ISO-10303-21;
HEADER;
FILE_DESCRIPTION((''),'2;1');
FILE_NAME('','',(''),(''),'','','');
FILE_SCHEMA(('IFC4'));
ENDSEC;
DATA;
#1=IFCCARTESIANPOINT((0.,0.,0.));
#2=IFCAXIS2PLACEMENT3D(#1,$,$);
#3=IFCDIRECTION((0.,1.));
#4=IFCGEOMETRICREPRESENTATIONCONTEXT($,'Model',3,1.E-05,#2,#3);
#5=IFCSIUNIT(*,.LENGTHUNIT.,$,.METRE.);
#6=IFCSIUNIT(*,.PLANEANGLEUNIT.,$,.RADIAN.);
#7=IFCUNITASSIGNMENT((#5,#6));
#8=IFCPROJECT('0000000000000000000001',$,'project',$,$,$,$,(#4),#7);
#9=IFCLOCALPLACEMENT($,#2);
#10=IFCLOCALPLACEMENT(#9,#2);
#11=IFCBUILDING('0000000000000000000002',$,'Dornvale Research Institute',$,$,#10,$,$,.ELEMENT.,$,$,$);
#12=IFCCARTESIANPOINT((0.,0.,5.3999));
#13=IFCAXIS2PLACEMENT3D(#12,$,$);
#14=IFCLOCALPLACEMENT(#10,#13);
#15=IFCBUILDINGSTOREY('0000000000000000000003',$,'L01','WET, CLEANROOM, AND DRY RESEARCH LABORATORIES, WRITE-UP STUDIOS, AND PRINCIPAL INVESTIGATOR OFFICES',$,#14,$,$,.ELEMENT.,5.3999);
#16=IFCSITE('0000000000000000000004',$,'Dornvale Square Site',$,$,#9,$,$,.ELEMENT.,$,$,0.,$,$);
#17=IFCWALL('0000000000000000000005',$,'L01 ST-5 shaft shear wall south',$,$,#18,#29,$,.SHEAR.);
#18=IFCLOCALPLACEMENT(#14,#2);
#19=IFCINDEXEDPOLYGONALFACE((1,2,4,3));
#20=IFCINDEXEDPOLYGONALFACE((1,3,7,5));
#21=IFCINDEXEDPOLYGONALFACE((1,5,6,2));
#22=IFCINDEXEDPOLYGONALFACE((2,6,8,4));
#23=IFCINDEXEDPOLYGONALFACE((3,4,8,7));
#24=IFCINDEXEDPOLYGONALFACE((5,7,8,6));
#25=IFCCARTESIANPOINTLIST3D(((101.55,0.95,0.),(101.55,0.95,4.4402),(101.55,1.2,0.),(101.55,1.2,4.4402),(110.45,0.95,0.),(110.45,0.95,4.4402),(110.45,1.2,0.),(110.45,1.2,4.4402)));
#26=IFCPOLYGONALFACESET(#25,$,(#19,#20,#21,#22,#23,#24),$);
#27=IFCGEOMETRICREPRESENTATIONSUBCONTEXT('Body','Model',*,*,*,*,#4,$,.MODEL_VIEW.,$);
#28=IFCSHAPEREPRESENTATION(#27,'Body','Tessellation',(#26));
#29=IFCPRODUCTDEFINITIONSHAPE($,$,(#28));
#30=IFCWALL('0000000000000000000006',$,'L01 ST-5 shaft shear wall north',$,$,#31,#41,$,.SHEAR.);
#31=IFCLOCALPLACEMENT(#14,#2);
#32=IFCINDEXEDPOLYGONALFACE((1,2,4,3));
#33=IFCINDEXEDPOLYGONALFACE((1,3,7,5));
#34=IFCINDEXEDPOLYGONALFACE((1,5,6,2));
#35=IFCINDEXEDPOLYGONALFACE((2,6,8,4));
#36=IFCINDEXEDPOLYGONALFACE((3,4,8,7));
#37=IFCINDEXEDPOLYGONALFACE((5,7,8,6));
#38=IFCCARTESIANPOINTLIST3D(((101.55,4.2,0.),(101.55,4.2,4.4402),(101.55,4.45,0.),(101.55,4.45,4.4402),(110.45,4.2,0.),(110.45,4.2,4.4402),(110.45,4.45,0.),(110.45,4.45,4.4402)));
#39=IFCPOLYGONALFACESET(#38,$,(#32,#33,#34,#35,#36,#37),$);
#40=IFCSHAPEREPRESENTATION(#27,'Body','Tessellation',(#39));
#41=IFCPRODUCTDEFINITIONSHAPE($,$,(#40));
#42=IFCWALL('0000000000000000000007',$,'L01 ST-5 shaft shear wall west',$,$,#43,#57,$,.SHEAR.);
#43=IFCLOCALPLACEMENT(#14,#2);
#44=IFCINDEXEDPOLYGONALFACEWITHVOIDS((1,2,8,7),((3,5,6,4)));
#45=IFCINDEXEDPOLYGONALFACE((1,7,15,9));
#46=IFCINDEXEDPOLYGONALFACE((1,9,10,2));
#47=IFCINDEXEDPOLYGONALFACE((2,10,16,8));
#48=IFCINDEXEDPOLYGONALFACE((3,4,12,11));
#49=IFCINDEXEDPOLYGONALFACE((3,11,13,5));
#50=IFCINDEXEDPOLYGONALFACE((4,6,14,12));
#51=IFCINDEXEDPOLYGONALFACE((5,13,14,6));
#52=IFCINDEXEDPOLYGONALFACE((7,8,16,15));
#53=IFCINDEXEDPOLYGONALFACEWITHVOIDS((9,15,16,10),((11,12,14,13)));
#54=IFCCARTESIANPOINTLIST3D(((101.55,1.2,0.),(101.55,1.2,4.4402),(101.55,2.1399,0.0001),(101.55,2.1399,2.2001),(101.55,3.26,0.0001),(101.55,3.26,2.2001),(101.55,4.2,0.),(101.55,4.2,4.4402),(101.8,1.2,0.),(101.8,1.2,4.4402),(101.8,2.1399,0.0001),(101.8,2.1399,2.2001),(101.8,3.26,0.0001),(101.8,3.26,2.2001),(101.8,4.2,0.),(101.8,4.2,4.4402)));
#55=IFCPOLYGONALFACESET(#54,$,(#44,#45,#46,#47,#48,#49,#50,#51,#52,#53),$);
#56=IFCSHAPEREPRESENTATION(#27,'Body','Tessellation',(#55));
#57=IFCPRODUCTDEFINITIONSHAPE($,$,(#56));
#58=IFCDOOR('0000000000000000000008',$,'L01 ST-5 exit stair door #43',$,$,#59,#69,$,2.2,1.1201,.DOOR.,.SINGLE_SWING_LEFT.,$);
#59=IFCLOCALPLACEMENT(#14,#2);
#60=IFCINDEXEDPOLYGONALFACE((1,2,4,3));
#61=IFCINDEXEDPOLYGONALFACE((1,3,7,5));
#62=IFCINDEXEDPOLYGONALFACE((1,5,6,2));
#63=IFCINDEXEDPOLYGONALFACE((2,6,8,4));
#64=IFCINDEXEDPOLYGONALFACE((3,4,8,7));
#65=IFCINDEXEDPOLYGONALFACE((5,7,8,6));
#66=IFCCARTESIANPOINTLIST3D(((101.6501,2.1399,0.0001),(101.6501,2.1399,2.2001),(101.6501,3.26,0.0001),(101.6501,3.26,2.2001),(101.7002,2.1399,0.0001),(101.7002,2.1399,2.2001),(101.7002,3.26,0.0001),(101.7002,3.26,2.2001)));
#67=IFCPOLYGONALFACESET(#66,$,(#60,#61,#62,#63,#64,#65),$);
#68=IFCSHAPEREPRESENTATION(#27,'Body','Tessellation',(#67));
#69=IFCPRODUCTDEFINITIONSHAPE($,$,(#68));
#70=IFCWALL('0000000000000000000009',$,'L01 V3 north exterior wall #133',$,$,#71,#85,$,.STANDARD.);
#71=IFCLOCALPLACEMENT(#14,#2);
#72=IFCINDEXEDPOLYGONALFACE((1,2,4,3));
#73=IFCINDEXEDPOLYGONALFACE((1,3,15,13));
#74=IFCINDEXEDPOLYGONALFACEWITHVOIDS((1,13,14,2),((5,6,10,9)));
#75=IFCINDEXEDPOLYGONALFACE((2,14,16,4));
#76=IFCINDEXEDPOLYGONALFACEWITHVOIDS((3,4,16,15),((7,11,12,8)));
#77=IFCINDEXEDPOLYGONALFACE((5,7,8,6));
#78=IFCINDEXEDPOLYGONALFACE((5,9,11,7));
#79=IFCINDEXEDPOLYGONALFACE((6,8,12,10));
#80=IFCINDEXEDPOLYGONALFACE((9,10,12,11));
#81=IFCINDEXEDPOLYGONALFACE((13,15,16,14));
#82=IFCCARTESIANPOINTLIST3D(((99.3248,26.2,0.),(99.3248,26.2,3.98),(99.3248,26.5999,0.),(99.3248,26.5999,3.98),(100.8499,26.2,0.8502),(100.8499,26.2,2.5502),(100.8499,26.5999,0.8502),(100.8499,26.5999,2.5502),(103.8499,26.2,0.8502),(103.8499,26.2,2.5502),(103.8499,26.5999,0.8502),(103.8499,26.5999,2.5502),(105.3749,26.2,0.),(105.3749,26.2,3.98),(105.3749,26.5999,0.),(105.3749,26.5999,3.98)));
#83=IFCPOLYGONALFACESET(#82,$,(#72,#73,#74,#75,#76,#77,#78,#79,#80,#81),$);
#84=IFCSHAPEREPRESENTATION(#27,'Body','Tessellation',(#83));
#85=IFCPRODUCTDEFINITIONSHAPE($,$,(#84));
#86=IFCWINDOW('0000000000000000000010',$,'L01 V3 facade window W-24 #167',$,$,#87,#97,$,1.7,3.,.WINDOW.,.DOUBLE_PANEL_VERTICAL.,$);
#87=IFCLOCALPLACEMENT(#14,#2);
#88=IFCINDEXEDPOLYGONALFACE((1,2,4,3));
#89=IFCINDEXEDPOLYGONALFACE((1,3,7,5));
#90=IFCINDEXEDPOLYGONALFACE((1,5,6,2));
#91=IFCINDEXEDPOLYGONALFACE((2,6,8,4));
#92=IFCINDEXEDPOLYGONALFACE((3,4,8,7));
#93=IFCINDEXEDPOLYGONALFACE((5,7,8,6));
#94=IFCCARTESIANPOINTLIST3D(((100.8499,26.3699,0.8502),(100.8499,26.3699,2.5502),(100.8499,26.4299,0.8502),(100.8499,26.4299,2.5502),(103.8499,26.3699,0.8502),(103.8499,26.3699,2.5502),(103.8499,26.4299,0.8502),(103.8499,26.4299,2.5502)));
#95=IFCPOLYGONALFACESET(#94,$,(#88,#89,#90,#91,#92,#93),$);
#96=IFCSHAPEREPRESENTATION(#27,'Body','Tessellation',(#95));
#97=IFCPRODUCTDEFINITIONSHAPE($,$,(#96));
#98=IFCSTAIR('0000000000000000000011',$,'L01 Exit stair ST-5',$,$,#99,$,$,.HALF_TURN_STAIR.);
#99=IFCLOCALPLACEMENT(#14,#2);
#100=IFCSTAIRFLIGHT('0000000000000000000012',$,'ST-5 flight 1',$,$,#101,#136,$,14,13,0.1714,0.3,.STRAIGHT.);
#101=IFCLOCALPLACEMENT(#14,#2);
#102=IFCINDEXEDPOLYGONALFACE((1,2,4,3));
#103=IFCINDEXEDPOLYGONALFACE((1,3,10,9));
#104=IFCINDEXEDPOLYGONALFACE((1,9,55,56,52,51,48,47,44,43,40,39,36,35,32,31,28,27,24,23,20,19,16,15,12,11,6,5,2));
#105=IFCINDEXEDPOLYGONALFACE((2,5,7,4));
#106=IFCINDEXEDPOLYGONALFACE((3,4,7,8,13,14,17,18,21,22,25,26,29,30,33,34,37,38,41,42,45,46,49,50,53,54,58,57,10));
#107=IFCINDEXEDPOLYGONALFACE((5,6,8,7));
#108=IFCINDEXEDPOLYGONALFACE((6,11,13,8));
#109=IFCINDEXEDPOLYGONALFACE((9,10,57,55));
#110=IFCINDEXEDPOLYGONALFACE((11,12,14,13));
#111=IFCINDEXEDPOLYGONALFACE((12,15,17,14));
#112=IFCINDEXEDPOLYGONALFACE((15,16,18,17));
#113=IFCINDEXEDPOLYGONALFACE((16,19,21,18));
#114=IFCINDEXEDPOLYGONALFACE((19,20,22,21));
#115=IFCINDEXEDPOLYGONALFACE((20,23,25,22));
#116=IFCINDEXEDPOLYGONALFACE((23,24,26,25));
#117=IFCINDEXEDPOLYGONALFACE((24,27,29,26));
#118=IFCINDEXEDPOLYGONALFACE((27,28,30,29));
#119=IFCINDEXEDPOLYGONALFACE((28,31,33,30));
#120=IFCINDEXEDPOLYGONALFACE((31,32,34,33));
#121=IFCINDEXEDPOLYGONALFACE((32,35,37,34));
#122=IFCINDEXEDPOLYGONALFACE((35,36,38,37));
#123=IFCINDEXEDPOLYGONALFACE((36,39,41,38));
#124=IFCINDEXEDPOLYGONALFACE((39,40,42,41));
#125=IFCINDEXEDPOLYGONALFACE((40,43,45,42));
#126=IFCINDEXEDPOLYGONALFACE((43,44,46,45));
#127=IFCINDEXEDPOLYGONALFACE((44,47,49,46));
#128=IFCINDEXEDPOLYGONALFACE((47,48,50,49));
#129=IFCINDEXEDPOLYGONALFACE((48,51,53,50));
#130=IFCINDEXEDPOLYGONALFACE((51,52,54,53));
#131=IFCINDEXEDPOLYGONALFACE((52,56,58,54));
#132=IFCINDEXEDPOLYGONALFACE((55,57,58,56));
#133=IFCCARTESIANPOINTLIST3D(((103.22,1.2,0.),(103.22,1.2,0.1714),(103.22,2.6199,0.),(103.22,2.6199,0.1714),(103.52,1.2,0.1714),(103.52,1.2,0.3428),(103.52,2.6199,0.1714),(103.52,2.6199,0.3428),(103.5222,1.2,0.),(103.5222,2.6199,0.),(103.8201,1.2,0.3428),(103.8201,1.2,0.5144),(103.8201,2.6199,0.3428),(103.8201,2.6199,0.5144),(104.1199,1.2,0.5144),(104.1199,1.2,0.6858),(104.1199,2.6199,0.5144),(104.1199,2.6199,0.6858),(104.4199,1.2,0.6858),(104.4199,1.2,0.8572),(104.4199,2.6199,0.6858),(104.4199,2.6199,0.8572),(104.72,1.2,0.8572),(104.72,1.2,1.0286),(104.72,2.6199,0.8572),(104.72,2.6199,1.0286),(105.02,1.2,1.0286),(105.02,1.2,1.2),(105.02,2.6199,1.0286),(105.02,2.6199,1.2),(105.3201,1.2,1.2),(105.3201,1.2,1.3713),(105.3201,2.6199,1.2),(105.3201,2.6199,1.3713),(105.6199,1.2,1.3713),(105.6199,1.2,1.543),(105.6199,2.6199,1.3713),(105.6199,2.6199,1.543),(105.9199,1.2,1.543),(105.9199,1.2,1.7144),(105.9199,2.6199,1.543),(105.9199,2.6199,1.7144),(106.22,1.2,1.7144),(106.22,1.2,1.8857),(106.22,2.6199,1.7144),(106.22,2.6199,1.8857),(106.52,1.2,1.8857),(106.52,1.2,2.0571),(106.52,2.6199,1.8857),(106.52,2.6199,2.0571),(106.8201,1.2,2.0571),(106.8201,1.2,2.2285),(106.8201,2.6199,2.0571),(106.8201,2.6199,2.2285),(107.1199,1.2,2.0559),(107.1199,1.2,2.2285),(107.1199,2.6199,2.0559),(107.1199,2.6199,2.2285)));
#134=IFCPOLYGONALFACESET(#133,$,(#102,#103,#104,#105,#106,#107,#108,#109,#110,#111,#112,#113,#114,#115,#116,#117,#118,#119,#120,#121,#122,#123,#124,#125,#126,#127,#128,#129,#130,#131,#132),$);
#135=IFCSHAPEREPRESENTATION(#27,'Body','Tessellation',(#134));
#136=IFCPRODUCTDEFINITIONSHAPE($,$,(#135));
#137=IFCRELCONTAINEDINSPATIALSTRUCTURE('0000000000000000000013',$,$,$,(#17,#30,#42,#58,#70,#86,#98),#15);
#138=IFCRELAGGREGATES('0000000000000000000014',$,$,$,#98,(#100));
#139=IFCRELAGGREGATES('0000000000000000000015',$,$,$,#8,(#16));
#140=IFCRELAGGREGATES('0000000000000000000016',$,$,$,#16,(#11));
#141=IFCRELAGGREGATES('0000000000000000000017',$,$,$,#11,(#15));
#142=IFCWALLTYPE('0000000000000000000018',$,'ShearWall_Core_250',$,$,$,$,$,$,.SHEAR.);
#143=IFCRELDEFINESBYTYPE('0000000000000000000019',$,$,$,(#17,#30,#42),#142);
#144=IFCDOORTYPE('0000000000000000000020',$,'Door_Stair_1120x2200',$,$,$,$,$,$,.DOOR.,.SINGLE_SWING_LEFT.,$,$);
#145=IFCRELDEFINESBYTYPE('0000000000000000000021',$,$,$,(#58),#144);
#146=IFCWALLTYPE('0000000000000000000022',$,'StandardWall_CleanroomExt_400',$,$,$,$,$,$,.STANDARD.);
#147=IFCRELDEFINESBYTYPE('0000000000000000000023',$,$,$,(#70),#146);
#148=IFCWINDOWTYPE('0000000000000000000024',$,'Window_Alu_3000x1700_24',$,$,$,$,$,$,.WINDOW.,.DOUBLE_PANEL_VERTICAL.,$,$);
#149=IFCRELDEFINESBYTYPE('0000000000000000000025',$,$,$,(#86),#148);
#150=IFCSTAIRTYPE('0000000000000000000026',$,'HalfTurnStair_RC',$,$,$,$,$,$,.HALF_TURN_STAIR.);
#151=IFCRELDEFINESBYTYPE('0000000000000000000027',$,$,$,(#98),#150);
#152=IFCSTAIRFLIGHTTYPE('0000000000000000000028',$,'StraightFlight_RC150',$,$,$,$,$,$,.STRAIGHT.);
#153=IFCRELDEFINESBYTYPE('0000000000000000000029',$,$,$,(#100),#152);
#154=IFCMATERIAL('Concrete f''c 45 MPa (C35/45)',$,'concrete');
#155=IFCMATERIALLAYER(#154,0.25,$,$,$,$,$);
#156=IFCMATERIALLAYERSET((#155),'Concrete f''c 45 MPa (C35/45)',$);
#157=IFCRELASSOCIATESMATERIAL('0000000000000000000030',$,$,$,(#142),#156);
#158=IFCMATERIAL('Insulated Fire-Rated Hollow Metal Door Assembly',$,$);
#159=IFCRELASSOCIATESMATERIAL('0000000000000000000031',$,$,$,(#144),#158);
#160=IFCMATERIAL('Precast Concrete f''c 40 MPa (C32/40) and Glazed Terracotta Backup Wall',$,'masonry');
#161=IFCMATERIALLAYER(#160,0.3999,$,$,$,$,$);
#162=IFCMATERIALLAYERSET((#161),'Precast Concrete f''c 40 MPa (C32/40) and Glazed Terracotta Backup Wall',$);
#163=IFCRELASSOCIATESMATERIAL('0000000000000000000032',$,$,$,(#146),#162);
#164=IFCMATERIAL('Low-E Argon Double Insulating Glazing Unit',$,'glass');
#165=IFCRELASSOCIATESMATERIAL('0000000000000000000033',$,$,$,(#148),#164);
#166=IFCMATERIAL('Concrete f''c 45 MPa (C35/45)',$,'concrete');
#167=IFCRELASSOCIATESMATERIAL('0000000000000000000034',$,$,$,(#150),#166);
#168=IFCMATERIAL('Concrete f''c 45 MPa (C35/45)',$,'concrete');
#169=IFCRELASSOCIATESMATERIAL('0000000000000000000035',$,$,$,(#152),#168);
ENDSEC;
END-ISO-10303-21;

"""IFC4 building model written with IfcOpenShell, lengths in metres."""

from ifc_helpers import new_model, si_unit, direction, frame, frame_2d, origin, place, context, subcontext, project, spatial, polyline, rectangle, outline, extrude, material, layer, layer_set, type_object, element, fill, aggregate, save


model = new_model("IFC4")

# Units and contexts
model_context = context("Model", 3, precision=1e-05, world=origin(), true_north=direction((0.0, 1.0)))
body_context = subcontext(model_context, "Body", "Model", "MODEL_VIEW")
ifc_project = project(units=[si_unit("LENGTHUNIT", "METRE"), si_unit("PLANEANGLEUNIT", "RADIAN")], contexts=[model_context])

# Site, building, storey
site_placement = place(None, origin())
site = spatial("IfcSite", under=ifc_project, at=site_placement, Name="Dornvale Square Site", CompositionType="ELEMENT", RefElevation=0.0)
building_placement = place(site_placement, origin())
building = spatial("IfcBuilding", under=site, at=building_placement, Name="Dornvale Research Institute", CompositionType="ELEMENT")
storey_placement = place(building_placement, frame((0.0, 0.0, 5.3999)))
storey = spatial("IfcBuildingStorey", under=building, at=storey_placement, Name="L01", Description="WET, CLEANROOM, AND DRY RESEARCH LABORATORIES, WRITE-UP STUDIOS, AND PRINCIPAL INVESTIGATOR OFFICES", CompositionType="ELEMENT", Elevation=5.3999)

# Walls
ifc_material_1 = material(Name="Concrete f'c 45 MPa (C35/45)", Category="concrete")
ifc_layer_1 = layer(ifc_material_1, 0.25)
ifc_layer_set_1 = layer_set([ifc_layer_1], Name="Concrete f'c 45 MPa (C35/45)")
wall_type_1 = type_object("IfcWallType", Name="ShearWall_Core_250", PredefinedType="SHEAR", material=ifc_layer_set_1)
for number, where, z_axis, x_axis, name in (
    (1, (101.55, 1.075, 0.0), (0.0, 0.0, 1.0), (1.0, 0.0, 0.0), "L01 ST-5 shaft shear wall south"),
    (2, (101.55, 4.325, 0.0), (0.0, 0.0, 1.0), (1.0, 0.0, 0.0), "L01 ST-5 shaft shear wall north"),
):
    element("IfcWall", number, at=place(storey_placement, frame(where, z_axis=z_axis, x_axis=x_axis)), inside=storey, type_object=wall_type_1, Name=name, PredefinedType="SHEAR", context=body_context, shape_type="SweptSolid", body=[
        extrude(rectangle(XDim=8.8999, YDim=0.25, at=frame_2d((4.45, 0.0))), origin(), (0.0, 0.0, 1.0), 4.4402),
    ])

# Wall, opening, door
wall_1_placement = place(storey_placement, frame((101.675, 1.2, 0.0), z_axis=(0.0, 0.0, 1.0), x_axis=(0.0, 1.0, 0.0)))
wall_1 = element("IfcWall", 3, at=wall_1_placement, inside=storey, type_object=wall_type_1, Name="L01 ST-5 shaft shear wall west", PredefinedType="SHEAR", context=body_context, shape_type="SweptSolid", body=[
    extrude(rectangle(XDim=3.0, YDim=0.25, at=frame_2d((1.5, 0.0))), origin(), (0.0, 0.0, 1.0), 4.4402),
])
opening_1_placement = place(wall_1_placement, frame((0.9399, 0.0, 0.0)))
opening_1 = element("IfcOpeningElement", 4, at=opening_1_placement, cuts=wall_1, PredefinedType="OPENING", context=body_context, shape_type="SweptSolid", body=[
    extrude(rectangle(XDim=1.1201, YDim=2.2, at=frame_2d((0.5601, 1.1001))), frame((0.0, 0.1399, 0.0), z_axis=(0.0, -1.0, 0.0), x_axis=(1.0, 0.0, 0.0)), (0.0, 0.0, 1.0), 0.28),
])
ifc_material_2 = material(Name="Insulated Fire-Rated Hollow Metal Door Assembly")
door_type_1 = type_object("IfcDoorType", Name="Door_Stair_1120x2200", OperationType="SINGLE_SWING_LEFT", PredefinedType="DOOR", material=ifc_material_2)
door_1_placement = place(opening_1_placement, origin())
door_1 = element("IfcDoor", 5, at=door_1_placement, inside=storey, type_object=door_type_1, Name="L01 ST-5 exit stair door #43", OperationType="SINGLE_SWING_LEFT", OverallHeight=2.2, OverallWidth=1.1201, PredefinedType="DOOR", context=body_context, shape_type="SweptSolid", body=[
    extrude(rectangle(XDim=1.1201, YDim=2.2, at=frame_2d((0.5601, 1.1001))), frame((0.0, 0.0249, 0.0), z_axis=(0.0, -1.0, 0.0), x_axis=(1.0, 0.0, 0.0)), (0.0, 0.0, 1.0), 0.05),
])
fill(opening_1, door_1)

# Wall, opening, window
ifc_material_3 = material(Name="Precast Concrete f'c 40 MPa (C32/40) and Glazed Terracotta Backup Wall", Category="masonry")
ifc_layer_2 = layer(ifc_material_3, 0.3999)
ifc_layer_set_2 = layer_set([ifc_layer_2], Name="Precast Concrete f'c 40 MPa (C32/40) and Glazed Terracotta Backup Wall")
wall_type_2 = type_object("IfcWallType", Name="StandardWall_CleanroomExt_400", PredefinedType="STANDARD", material=ifc_layer_set_2)
wall_2_placement = place(storey_placement, frame((99.325, 26.3999, 0.0), z_axis=(0.0, 0.0, 1.0), x_axis=(1.0, 0.0, 0.0)))
wall_2 = element("IfcWall", 6, at=wall_2_placement, inside=storey, type_object=wall_type_2, Name="L01 V3 north exterior wall #133", PredefinedType="STANDARD", context=body_context, shape_type="SweptSolid", body=[
    extrude(rectangle(XDim=6.05, YDim=0.3999, at=frame_2d((3.0249, 0.0))), origin(), (0.0, 0.0, 1.0), 3.98),
])
opening_2_placement = place(wall_2_placement, frame((1.5249, 0.0, 0.8501)))
opening_2 = element("IfcOpeningElement", 7, at=opening_2_placement, cuts=wall_2, PredefinedType="OPENING", context=body_context, shape_type="SweptSolid", body=[
    extrude(rectangle(XDim=3.0, YDim=1.7, at=frame_2d((1.5, 0.8501))), frame((0.0, 0.2148, 0.0), z_axis=(0.0, -1.0, 0.0), x_axis=(1.0, 0.0, 0.0)), (0.0, 0.0, 1.0), 0.4299),
])
ifc_material_4 = material(Name="Low-E Argon Double Insulating Glazing Unit", Category="glass")
window_type = type_object("IfcWindowType", Name="Window_Alu_3000x1700_24", PartitioningType="DOUBLE_PANEL_VERTICAL", PredefinedType="WINDOW", material=ifc_material_4)
window_placement = place(opening_2_placement, origin())
window = element("IfcWindow", 8, at=window_placement, inside=storey, type_object=window_type, Name="L01 V3 facade window W-24 #167", OverallHeight=1.7, OverallWidth=3.0, PartitioningType="DOUBLE_PANEL_VERTICAL", PredefinedType="WINDOW", context=body_context, shape_type="SweptSolid", body=[
    extrude(rectangle(XDim=3.0, YDim=1.7, at=frame_2d((1.5, 0.8501))), frame((0.0, 0.03, 0.0), z_axis=(0.0, -1.0, 0.0), x_axis=(1.0, 0.0, 0.0)), (0.0, 0.0, 1.0), 0.0601),
])
fill(opening_2, window)

# Stair, stair flight
ifc_material_5 = material(Name="Concrete f'c 45 MPa (C35/45)", Category="concrete")
stair_type = type_object("IfcStairType", Name="HalfTurnStair_RC", PredefinedType="HALF_TURN_STAIR", material=ifc_material_5)
stair_placement = place(storey_placement, origin())
stair = element("IfcStair", 9, at=stair_placement, inside=storey, type_object=stair_type, Name="L01 Exit stair ST-5", PredefinedType="HALF_TURN_STAIR")
ifc_material_6 = material(Name="Concrete f'c 45 MPa (C35/45)", Category="concrete")
stair_flight_type = type_object("IfcStairFlightType", Name="StraightFlight_RC150", PredefinedType="STRAIGHT", material=ifc_material_6)
stair_flight_placement = place(storey_placement, frame((103.22, 1.9099, 0.0), z_axis=(0.0, 0.0, 1.0), x_axis=(1.0, 0.0, 0.0)))
stair_flight = element("IfcStairFlight", 10, at=stair_flight_placement, type_object=stair_flight_type, Name="ST-5 flight 1", NumberOfRisers=14, NumberOfTreads=13, PredefinedType="STRAIGHT", RiserHeight=0.1714, TreadLength=0.3, context=body_context, shape_type="SweptSolid", body=[
    extrude(outline(polyline([(0.0, 0.0), (0.0, 0.1714), (0.3, 0.1714), (0.3, 0.3428), (0.6001, 0.3428), (0.6001, 0.5144), (0.8999, 0.5144), (0.8999, 0.6858), (1.2, 0.6858), (1.2, 0.8572), (1.5, 0.8572), (1.5, 1.0286), (1.8, 1.0286), (1.8, 1.2), (2.1001, 1.2), (2.1001, 1.3713), (2.3999, 1.3713), (2.3999, 1.543), (2.7, 1.543), (2.7, 1.7144), (3.0, 1.7144), (3.0, 1.8857), (3.3, 1.8857), (3.3, 2.0571), (3.6001, 2.0571), (3.6001, 2.2285), (3.8999, 2.2285), (3.8999, 2.3999), (3.8999, 2.0559), (0.3022, 0.0), (0.0, 0.0)])), frame((0.0, 0.71, 0.0), z_axis=(0.0, -1.0, 0.0), x_axis=(1.0, 0.0, 0.0)), (0.0, 0.0, 1.0), 1.4199),
])
aggregate(stair, [stair_flight])

save(model, "model.ifc")
